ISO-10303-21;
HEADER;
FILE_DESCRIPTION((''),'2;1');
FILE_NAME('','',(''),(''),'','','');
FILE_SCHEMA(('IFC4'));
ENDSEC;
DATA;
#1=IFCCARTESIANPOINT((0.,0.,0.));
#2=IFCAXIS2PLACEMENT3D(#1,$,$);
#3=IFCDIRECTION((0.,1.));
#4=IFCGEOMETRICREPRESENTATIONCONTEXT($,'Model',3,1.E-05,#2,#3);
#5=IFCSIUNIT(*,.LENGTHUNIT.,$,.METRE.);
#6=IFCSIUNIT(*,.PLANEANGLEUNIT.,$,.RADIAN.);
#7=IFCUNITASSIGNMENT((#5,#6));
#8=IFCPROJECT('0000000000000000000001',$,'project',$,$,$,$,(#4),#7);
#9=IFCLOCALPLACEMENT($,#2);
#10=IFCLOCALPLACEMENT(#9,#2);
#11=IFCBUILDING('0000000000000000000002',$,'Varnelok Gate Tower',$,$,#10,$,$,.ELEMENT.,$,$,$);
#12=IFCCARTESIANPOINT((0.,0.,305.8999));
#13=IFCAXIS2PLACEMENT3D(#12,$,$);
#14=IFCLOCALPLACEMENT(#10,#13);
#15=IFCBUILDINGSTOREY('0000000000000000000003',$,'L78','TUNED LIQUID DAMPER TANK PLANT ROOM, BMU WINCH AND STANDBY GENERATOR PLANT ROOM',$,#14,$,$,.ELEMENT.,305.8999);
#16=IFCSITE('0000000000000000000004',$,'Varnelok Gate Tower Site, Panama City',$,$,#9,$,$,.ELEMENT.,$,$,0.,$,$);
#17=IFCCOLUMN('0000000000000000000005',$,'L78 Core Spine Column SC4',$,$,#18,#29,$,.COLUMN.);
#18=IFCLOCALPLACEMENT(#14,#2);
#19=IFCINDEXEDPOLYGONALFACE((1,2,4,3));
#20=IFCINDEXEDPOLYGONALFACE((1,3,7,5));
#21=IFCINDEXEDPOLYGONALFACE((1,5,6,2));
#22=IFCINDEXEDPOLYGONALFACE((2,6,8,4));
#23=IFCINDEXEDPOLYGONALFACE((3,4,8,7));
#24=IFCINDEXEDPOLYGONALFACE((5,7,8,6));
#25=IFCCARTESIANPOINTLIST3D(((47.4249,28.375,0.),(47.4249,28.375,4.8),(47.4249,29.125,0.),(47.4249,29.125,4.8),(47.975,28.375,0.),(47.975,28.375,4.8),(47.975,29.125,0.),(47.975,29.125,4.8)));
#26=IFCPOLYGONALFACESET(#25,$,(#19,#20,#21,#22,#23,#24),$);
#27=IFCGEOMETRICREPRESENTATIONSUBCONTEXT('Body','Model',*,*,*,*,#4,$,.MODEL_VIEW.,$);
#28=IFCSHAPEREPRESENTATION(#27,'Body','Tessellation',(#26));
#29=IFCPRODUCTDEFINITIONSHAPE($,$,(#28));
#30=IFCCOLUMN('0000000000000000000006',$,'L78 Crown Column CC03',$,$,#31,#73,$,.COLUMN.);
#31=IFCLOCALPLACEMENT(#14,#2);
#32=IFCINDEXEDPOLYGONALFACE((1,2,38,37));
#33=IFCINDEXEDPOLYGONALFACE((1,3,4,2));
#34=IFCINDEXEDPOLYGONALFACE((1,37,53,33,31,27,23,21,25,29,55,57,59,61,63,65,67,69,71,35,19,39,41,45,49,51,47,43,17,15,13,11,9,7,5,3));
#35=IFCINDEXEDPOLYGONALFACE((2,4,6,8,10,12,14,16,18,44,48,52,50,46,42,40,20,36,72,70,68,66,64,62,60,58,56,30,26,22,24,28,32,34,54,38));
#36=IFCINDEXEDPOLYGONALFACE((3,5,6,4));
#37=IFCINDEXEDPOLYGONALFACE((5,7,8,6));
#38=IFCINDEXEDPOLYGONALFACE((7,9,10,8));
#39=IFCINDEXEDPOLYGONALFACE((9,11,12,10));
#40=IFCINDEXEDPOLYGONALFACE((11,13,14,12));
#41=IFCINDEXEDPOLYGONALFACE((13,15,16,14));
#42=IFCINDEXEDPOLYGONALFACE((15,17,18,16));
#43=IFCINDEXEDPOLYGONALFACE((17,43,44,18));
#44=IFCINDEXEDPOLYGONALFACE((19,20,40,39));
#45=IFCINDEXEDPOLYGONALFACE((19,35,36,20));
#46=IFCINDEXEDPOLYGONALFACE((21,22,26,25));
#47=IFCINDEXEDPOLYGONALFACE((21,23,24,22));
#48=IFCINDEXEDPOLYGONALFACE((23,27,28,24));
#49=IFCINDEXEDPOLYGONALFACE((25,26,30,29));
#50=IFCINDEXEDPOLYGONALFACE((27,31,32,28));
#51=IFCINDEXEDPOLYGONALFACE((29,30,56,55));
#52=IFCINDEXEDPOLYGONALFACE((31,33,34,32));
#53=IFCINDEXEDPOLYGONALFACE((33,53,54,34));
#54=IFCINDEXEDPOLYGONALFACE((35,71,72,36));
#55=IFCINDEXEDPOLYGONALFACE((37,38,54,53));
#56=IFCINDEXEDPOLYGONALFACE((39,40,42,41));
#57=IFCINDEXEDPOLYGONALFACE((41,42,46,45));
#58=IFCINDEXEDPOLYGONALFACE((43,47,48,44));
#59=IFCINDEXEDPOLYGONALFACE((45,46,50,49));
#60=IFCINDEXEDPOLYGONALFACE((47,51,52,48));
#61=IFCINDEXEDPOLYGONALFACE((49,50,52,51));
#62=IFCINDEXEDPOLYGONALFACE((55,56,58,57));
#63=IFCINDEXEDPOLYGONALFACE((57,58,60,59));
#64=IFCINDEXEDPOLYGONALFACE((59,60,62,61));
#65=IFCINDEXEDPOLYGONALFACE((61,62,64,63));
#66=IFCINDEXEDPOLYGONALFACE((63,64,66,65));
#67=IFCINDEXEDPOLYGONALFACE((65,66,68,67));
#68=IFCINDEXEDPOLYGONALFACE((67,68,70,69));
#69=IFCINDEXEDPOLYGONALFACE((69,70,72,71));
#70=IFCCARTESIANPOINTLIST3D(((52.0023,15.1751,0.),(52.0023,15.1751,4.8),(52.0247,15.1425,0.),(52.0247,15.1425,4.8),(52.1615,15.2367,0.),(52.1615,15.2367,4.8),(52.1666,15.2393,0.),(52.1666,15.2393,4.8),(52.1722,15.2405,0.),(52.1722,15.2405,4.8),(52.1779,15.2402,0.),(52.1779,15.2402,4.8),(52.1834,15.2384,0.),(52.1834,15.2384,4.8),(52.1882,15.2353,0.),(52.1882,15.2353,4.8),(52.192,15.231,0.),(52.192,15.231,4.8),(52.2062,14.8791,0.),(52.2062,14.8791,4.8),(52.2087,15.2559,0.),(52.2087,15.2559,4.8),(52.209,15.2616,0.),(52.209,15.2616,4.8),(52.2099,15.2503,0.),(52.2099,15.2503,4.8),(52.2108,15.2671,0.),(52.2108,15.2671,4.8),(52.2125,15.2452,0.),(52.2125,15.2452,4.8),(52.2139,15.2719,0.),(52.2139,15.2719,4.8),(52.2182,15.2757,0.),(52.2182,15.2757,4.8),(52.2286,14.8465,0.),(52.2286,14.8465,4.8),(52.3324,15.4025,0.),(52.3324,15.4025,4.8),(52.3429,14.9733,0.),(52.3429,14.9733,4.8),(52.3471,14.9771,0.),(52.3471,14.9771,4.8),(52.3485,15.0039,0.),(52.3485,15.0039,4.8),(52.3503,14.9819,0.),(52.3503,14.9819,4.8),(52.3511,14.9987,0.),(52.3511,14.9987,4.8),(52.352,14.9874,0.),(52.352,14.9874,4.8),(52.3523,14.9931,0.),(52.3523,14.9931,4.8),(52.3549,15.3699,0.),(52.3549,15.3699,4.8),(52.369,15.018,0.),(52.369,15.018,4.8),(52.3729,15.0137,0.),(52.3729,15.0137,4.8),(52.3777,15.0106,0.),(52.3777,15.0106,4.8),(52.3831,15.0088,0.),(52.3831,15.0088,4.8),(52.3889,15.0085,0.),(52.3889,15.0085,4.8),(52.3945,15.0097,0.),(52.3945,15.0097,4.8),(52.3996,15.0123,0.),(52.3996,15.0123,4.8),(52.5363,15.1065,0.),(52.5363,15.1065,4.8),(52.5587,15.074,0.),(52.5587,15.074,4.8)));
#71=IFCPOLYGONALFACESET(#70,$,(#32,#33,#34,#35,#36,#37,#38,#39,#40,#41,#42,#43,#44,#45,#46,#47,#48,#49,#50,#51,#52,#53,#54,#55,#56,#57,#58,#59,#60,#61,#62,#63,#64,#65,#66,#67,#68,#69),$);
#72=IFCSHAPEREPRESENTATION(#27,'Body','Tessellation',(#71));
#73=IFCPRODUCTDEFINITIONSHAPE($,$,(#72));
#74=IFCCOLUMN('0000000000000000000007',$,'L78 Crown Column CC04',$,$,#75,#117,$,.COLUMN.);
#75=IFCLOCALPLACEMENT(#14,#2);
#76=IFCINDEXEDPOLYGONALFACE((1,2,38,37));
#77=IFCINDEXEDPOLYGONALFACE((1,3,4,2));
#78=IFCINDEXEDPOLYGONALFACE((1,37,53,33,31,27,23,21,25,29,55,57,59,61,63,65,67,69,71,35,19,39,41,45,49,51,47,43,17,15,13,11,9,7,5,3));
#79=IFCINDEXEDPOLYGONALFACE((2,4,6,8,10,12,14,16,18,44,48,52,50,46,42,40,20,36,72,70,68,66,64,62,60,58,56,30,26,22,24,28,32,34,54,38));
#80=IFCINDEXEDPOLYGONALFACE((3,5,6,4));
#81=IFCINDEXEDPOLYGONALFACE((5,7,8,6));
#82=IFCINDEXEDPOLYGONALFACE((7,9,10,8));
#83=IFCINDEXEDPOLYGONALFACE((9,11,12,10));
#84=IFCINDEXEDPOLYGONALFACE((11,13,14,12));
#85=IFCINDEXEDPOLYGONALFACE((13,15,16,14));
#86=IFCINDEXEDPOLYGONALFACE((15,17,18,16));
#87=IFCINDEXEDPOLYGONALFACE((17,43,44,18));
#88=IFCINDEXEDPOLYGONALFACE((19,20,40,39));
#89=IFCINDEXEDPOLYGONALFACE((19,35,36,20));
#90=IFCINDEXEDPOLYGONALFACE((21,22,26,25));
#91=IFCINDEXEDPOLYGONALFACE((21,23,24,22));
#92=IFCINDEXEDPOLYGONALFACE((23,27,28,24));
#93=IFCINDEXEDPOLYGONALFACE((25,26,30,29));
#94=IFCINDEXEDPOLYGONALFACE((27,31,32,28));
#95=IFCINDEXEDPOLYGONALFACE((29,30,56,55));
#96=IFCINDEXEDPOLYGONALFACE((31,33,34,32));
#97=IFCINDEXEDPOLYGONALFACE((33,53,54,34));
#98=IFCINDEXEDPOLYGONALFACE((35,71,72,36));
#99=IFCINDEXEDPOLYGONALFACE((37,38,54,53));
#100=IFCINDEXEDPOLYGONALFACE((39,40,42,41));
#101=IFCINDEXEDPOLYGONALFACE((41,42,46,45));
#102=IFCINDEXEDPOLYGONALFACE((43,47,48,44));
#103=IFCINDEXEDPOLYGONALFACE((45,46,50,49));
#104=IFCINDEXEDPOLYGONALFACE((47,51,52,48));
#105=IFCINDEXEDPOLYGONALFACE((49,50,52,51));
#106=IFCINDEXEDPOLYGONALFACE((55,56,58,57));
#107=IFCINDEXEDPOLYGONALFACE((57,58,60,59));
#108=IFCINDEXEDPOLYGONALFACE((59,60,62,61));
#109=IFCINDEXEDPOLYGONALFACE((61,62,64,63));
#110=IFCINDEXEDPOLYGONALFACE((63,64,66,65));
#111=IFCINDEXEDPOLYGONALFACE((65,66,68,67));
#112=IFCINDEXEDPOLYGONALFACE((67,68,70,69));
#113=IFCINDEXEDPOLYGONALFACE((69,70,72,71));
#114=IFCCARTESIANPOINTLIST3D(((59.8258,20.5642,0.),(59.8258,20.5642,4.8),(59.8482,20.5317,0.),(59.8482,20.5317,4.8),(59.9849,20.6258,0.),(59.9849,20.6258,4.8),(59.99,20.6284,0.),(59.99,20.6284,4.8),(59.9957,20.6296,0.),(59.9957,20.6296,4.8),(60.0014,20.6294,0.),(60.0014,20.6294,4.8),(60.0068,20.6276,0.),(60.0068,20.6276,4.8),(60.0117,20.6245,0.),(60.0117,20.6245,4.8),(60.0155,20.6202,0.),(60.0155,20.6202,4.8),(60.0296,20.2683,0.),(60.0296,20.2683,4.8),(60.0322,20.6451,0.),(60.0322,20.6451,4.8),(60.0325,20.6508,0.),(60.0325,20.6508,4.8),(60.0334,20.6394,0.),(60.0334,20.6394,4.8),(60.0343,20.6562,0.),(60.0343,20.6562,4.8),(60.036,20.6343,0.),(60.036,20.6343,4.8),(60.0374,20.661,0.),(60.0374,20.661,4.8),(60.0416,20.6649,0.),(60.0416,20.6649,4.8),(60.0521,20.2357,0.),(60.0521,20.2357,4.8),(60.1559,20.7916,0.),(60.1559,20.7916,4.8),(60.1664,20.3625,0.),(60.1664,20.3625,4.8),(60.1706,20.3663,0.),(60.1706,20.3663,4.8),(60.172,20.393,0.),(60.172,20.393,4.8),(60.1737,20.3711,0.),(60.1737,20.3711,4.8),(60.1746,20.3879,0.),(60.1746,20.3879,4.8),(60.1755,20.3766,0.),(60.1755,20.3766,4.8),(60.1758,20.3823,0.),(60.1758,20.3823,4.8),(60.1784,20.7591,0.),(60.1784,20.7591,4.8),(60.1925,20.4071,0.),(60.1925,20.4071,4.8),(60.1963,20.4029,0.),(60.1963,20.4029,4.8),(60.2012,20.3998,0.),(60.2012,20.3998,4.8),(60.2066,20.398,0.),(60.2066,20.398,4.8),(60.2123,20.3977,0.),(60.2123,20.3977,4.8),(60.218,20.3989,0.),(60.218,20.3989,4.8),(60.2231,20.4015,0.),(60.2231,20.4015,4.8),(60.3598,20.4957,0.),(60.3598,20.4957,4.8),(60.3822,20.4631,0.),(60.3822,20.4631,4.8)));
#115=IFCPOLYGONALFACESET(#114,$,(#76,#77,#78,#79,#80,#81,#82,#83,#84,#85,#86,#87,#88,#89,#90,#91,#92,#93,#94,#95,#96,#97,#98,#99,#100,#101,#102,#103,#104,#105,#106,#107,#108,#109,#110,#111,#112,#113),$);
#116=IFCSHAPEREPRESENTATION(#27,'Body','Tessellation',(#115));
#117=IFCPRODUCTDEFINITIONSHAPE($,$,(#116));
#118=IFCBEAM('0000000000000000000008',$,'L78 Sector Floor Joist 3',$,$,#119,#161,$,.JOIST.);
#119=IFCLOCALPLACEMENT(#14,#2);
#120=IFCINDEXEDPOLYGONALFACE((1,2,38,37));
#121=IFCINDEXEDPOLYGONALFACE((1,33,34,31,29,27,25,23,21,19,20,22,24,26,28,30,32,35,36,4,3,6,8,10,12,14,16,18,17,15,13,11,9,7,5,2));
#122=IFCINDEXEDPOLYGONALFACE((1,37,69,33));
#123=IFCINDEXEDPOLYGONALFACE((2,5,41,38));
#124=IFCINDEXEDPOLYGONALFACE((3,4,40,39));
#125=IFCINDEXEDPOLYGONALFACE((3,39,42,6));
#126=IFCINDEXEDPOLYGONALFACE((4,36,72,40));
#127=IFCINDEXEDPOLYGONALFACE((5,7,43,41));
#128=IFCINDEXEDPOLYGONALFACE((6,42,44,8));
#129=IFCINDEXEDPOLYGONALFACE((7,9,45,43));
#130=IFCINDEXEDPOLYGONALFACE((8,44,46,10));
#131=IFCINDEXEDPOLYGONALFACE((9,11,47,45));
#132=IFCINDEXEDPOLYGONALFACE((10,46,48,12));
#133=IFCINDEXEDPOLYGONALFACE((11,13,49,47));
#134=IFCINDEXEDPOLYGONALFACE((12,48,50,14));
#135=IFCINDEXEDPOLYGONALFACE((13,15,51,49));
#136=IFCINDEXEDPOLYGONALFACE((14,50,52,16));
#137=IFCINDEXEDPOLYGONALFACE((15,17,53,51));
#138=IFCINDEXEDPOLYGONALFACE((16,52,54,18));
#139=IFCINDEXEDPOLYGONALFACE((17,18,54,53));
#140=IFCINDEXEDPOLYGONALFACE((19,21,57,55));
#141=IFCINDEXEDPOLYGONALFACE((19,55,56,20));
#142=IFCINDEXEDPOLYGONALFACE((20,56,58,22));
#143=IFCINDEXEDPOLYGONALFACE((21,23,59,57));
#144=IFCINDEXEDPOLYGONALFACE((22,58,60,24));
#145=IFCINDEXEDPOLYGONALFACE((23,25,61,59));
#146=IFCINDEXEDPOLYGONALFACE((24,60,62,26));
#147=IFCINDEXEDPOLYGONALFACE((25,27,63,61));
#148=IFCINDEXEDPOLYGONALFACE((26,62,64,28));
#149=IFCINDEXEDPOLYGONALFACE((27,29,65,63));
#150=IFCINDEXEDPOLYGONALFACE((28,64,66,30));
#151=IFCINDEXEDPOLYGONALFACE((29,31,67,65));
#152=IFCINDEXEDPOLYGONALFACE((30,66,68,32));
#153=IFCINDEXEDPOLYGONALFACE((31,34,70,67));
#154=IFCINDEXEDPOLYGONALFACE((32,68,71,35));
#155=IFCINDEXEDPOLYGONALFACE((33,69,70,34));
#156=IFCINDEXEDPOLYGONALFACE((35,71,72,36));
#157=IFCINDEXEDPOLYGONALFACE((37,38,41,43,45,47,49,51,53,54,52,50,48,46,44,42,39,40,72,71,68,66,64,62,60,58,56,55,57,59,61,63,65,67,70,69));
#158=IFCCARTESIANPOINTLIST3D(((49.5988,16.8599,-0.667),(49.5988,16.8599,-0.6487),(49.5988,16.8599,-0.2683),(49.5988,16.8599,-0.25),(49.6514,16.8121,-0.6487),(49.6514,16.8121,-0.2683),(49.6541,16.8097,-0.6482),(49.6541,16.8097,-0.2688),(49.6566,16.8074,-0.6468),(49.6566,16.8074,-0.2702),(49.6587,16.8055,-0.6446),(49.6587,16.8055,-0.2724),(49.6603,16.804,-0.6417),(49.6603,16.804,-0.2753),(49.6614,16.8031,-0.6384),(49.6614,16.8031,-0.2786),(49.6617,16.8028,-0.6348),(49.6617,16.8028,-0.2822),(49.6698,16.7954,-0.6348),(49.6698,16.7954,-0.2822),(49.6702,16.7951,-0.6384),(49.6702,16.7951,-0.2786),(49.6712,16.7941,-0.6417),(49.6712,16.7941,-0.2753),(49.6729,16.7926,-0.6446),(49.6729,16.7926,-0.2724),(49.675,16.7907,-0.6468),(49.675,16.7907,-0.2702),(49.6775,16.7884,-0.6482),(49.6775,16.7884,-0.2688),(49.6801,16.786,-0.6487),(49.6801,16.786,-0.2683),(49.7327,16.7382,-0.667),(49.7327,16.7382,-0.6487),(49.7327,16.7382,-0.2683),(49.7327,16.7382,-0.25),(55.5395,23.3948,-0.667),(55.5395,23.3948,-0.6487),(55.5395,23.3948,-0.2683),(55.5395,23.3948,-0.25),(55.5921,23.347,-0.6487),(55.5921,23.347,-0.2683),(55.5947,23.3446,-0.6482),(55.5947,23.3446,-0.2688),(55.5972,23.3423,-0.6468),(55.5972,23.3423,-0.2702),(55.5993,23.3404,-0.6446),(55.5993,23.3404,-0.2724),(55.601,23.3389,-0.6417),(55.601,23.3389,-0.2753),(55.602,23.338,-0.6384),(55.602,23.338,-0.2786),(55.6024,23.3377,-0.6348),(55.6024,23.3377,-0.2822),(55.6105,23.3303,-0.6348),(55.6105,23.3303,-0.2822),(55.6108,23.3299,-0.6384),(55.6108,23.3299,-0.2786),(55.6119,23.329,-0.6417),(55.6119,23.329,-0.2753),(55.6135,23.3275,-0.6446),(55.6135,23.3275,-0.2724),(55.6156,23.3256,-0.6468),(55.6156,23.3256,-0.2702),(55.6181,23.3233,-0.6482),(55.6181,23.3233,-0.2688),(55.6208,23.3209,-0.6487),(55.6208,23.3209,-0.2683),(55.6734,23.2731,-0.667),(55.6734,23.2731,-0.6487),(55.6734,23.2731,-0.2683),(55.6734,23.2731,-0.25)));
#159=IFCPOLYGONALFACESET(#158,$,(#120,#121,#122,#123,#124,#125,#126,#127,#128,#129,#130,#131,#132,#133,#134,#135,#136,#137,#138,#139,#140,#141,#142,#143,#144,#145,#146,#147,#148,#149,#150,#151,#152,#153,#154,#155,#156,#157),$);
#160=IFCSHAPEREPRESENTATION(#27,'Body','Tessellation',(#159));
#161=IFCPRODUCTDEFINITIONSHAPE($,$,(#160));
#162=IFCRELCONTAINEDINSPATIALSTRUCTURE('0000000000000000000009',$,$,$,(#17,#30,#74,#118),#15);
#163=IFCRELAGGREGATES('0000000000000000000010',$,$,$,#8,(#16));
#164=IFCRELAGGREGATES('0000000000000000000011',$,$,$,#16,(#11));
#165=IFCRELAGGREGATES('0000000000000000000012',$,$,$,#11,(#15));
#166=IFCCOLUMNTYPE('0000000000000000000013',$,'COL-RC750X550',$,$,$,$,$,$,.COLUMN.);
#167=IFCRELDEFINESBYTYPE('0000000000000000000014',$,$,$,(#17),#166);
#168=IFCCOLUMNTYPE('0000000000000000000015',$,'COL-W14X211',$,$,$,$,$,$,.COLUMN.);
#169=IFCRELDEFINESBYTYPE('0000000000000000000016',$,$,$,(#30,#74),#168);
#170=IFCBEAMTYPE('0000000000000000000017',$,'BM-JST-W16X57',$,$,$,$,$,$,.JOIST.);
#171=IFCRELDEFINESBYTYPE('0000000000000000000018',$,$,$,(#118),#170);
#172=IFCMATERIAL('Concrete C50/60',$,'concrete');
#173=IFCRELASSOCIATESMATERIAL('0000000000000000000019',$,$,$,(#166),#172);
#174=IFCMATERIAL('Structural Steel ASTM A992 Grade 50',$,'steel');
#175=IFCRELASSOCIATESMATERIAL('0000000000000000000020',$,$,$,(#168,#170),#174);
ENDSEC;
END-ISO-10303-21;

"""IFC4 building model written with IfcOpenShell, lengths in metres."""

from ifc_helpers import new_model, si_unit, direction, frame, origin, origin_2d, place, context, subcontext, project, spatial, rectangle, i_section, extrude, material, material_profile, profile_set, type_object, element, save


model = new_model("IFC4")

# Units and contexts
model_context = context("Model", 3, precision=1e-05, world=origin(), true_north=direction((0.0, 1.0)))
body_context = subcontext(model_context, "Body", "Model", "MODEL_VIEW")
ifc_project = project(units=[si_unit("LENGTHUNIT", "METRE"), si_unit("PLANEANGLEUNIT", "RADIAN")], contexts=[model_context])

# Site, building, storey
site_placement = place(None, origin())
site = spatial("IfcSite", under=ifc_project, at=site_placement, Name="Varnelok Gate Tower Site, Panama City", CompositionType="ELEMENT", RefElevation=0.0)
building_placement = place(site_placement, origin())
building = spatial("IfcBuilding", under=site, at=building_placement, Name="Varnelok Gate Tower", CompositionType="ELEMENT")
storey_placement = place(building_placement, frame((0.0, 0.0, 305.8999)))
storey = spatial("IfcBuildingStorey", under=building, at=storey_placement, Name="L78", Description="TUNED LIQUID DAMPER TANK PLANT ROOM, BMU WINCH AND STANDBY GENERATOR PLANT ROOM", CompositionType="ELEMENT", Elevation=305.8999)

# Columns
ifc_material_1 = material(Name="Concrete C50/60", Category="concrete")
ifc_material_profile_1 = material_profile(ifc_material_1, rectangle(XDim=0.55, YDim=0.75, at=origin_2d()), Name="RC750X550")
ifc_profile_set_1 = profile_set([ifc_material_profile_1], Name="Concrete C50/60")
column_type_1 = type_object("IfcColumnType", Name="COL-RC750X550", PredefinedType="COLUMN", material=ifc_profile_set_1)
column_placement = place(storey_placement, frame((47.7, 28.75, 0.0), z_axis=(0.0, 0.0, 1.0), x_axis=(1.0, 0.0, 0.0)))
element("IfcColumn", 1, at=column_placement, inside=storey, type_object=column_type_1, Name="L78 Core Spine Column SC4", PredefinedType="COLUMN", context=body_context, shape_type="SweptSolid", body=[
    extrude(rectangle(XDim=0.55, YDim=0.75, at=origin_2d()), origin(), (0.0, 0.0, 1.0), 4.8),
])
ifc_material_2 = material(Name="Structural Steel ASTM A992 Grade 50", Category="steel")
ifc_material_profile_2 = material_profile(ifc_material_2, i_section(OverallWidth=0.4009, OverallDepth=0.3989, WebThickness=0.0249, FlangeThickness=0.0396, FilletRadius=0.022, at=origin_2d()), Name="W14X211")
ifc_profile_set_2 = profile_set([ifc_material_profile_2], Name="Structural Steel ASTM A992 Grade 50")
column_type_2 = type_object("IfcColumnType", Name="COL-W14X211", PredefinedType="COLUMN", material=ifc_profile_set_2)
for number, where, z_axis, x_axis, name in (
    (2, (52.2805, 15.1245, 0.0), (0.0, 0.0, 1.0), (0.823533, 0.567269, 0.0), "L78 Crown Column CC03"),
    (3, (60.104, 20.5137, 0.0), (0.0, 0.0, 1.0), (0.823533, 0.567269, 0.0), "L78 Crown Column CC04"),
):
    element("IfcColumn", number, at=place(storey_placement, frame(where, z_axis=z_axis, x_axis=x_axis)), inside=storey, type_object=column_type_2, Name=name, PredefinedType="COLUMN", context=body_context, shape_type="SweptSolid", body=[
        extrude(i_section(OverallWidth=0.4009, OverallDepth=0.3989, WebThickness=0.0249, FlangeThickness=0.0396, FilletRadius=0.022, at=origin_2d()), origin(), (0.0, 0.0, 1.0), 4.8),
    ])

# Beam
ifc_material_profile_3 = material_profile(ifc_material_2, i_section(OverallWidth=0.1809, OverallDepth=0.417, WebThickness=0.011, FlangeThickness=0.0183, FilletRadius=0.0139, at=origin_2d()), Name="W16X57")
ifc_profile_set_3 = profile_set([ifc_material_profile_3], Name="Structural Steel ASTM A992 Grade 50")
beam_type_1 = type_object("IfcBeamType", Name="BM-JST-W16X57", PredefinedType="JOIST", material=ifc_profile_set_3)
beam_1_placement = place(storey_placement, frame((49.6658, 16.7991, -0.4585), z_axis=(0.672663, 0.739949, 0.0), x_axis=(-0.739949, 0.672663, 0.0)))
element("IfcBeam", 4, at=beam_1_placement, inside=storey, type_object=beam_type_1, Name="L78 Sector Floor Joist 3", PredefinedType="JOIST", context=body_context, shape_type="SweptSolid", body=[
    extrude(i_section(OverallWidth=0.1809, OverallDepth=0.417, WebThickness=0.011, FlangeThickness=0.0183, FilletRadius=0.0139, at=origin_2d()), origin(), (0.0, 0.0, 1.0), 8.8315),
])

save(model, "model.ifc")
